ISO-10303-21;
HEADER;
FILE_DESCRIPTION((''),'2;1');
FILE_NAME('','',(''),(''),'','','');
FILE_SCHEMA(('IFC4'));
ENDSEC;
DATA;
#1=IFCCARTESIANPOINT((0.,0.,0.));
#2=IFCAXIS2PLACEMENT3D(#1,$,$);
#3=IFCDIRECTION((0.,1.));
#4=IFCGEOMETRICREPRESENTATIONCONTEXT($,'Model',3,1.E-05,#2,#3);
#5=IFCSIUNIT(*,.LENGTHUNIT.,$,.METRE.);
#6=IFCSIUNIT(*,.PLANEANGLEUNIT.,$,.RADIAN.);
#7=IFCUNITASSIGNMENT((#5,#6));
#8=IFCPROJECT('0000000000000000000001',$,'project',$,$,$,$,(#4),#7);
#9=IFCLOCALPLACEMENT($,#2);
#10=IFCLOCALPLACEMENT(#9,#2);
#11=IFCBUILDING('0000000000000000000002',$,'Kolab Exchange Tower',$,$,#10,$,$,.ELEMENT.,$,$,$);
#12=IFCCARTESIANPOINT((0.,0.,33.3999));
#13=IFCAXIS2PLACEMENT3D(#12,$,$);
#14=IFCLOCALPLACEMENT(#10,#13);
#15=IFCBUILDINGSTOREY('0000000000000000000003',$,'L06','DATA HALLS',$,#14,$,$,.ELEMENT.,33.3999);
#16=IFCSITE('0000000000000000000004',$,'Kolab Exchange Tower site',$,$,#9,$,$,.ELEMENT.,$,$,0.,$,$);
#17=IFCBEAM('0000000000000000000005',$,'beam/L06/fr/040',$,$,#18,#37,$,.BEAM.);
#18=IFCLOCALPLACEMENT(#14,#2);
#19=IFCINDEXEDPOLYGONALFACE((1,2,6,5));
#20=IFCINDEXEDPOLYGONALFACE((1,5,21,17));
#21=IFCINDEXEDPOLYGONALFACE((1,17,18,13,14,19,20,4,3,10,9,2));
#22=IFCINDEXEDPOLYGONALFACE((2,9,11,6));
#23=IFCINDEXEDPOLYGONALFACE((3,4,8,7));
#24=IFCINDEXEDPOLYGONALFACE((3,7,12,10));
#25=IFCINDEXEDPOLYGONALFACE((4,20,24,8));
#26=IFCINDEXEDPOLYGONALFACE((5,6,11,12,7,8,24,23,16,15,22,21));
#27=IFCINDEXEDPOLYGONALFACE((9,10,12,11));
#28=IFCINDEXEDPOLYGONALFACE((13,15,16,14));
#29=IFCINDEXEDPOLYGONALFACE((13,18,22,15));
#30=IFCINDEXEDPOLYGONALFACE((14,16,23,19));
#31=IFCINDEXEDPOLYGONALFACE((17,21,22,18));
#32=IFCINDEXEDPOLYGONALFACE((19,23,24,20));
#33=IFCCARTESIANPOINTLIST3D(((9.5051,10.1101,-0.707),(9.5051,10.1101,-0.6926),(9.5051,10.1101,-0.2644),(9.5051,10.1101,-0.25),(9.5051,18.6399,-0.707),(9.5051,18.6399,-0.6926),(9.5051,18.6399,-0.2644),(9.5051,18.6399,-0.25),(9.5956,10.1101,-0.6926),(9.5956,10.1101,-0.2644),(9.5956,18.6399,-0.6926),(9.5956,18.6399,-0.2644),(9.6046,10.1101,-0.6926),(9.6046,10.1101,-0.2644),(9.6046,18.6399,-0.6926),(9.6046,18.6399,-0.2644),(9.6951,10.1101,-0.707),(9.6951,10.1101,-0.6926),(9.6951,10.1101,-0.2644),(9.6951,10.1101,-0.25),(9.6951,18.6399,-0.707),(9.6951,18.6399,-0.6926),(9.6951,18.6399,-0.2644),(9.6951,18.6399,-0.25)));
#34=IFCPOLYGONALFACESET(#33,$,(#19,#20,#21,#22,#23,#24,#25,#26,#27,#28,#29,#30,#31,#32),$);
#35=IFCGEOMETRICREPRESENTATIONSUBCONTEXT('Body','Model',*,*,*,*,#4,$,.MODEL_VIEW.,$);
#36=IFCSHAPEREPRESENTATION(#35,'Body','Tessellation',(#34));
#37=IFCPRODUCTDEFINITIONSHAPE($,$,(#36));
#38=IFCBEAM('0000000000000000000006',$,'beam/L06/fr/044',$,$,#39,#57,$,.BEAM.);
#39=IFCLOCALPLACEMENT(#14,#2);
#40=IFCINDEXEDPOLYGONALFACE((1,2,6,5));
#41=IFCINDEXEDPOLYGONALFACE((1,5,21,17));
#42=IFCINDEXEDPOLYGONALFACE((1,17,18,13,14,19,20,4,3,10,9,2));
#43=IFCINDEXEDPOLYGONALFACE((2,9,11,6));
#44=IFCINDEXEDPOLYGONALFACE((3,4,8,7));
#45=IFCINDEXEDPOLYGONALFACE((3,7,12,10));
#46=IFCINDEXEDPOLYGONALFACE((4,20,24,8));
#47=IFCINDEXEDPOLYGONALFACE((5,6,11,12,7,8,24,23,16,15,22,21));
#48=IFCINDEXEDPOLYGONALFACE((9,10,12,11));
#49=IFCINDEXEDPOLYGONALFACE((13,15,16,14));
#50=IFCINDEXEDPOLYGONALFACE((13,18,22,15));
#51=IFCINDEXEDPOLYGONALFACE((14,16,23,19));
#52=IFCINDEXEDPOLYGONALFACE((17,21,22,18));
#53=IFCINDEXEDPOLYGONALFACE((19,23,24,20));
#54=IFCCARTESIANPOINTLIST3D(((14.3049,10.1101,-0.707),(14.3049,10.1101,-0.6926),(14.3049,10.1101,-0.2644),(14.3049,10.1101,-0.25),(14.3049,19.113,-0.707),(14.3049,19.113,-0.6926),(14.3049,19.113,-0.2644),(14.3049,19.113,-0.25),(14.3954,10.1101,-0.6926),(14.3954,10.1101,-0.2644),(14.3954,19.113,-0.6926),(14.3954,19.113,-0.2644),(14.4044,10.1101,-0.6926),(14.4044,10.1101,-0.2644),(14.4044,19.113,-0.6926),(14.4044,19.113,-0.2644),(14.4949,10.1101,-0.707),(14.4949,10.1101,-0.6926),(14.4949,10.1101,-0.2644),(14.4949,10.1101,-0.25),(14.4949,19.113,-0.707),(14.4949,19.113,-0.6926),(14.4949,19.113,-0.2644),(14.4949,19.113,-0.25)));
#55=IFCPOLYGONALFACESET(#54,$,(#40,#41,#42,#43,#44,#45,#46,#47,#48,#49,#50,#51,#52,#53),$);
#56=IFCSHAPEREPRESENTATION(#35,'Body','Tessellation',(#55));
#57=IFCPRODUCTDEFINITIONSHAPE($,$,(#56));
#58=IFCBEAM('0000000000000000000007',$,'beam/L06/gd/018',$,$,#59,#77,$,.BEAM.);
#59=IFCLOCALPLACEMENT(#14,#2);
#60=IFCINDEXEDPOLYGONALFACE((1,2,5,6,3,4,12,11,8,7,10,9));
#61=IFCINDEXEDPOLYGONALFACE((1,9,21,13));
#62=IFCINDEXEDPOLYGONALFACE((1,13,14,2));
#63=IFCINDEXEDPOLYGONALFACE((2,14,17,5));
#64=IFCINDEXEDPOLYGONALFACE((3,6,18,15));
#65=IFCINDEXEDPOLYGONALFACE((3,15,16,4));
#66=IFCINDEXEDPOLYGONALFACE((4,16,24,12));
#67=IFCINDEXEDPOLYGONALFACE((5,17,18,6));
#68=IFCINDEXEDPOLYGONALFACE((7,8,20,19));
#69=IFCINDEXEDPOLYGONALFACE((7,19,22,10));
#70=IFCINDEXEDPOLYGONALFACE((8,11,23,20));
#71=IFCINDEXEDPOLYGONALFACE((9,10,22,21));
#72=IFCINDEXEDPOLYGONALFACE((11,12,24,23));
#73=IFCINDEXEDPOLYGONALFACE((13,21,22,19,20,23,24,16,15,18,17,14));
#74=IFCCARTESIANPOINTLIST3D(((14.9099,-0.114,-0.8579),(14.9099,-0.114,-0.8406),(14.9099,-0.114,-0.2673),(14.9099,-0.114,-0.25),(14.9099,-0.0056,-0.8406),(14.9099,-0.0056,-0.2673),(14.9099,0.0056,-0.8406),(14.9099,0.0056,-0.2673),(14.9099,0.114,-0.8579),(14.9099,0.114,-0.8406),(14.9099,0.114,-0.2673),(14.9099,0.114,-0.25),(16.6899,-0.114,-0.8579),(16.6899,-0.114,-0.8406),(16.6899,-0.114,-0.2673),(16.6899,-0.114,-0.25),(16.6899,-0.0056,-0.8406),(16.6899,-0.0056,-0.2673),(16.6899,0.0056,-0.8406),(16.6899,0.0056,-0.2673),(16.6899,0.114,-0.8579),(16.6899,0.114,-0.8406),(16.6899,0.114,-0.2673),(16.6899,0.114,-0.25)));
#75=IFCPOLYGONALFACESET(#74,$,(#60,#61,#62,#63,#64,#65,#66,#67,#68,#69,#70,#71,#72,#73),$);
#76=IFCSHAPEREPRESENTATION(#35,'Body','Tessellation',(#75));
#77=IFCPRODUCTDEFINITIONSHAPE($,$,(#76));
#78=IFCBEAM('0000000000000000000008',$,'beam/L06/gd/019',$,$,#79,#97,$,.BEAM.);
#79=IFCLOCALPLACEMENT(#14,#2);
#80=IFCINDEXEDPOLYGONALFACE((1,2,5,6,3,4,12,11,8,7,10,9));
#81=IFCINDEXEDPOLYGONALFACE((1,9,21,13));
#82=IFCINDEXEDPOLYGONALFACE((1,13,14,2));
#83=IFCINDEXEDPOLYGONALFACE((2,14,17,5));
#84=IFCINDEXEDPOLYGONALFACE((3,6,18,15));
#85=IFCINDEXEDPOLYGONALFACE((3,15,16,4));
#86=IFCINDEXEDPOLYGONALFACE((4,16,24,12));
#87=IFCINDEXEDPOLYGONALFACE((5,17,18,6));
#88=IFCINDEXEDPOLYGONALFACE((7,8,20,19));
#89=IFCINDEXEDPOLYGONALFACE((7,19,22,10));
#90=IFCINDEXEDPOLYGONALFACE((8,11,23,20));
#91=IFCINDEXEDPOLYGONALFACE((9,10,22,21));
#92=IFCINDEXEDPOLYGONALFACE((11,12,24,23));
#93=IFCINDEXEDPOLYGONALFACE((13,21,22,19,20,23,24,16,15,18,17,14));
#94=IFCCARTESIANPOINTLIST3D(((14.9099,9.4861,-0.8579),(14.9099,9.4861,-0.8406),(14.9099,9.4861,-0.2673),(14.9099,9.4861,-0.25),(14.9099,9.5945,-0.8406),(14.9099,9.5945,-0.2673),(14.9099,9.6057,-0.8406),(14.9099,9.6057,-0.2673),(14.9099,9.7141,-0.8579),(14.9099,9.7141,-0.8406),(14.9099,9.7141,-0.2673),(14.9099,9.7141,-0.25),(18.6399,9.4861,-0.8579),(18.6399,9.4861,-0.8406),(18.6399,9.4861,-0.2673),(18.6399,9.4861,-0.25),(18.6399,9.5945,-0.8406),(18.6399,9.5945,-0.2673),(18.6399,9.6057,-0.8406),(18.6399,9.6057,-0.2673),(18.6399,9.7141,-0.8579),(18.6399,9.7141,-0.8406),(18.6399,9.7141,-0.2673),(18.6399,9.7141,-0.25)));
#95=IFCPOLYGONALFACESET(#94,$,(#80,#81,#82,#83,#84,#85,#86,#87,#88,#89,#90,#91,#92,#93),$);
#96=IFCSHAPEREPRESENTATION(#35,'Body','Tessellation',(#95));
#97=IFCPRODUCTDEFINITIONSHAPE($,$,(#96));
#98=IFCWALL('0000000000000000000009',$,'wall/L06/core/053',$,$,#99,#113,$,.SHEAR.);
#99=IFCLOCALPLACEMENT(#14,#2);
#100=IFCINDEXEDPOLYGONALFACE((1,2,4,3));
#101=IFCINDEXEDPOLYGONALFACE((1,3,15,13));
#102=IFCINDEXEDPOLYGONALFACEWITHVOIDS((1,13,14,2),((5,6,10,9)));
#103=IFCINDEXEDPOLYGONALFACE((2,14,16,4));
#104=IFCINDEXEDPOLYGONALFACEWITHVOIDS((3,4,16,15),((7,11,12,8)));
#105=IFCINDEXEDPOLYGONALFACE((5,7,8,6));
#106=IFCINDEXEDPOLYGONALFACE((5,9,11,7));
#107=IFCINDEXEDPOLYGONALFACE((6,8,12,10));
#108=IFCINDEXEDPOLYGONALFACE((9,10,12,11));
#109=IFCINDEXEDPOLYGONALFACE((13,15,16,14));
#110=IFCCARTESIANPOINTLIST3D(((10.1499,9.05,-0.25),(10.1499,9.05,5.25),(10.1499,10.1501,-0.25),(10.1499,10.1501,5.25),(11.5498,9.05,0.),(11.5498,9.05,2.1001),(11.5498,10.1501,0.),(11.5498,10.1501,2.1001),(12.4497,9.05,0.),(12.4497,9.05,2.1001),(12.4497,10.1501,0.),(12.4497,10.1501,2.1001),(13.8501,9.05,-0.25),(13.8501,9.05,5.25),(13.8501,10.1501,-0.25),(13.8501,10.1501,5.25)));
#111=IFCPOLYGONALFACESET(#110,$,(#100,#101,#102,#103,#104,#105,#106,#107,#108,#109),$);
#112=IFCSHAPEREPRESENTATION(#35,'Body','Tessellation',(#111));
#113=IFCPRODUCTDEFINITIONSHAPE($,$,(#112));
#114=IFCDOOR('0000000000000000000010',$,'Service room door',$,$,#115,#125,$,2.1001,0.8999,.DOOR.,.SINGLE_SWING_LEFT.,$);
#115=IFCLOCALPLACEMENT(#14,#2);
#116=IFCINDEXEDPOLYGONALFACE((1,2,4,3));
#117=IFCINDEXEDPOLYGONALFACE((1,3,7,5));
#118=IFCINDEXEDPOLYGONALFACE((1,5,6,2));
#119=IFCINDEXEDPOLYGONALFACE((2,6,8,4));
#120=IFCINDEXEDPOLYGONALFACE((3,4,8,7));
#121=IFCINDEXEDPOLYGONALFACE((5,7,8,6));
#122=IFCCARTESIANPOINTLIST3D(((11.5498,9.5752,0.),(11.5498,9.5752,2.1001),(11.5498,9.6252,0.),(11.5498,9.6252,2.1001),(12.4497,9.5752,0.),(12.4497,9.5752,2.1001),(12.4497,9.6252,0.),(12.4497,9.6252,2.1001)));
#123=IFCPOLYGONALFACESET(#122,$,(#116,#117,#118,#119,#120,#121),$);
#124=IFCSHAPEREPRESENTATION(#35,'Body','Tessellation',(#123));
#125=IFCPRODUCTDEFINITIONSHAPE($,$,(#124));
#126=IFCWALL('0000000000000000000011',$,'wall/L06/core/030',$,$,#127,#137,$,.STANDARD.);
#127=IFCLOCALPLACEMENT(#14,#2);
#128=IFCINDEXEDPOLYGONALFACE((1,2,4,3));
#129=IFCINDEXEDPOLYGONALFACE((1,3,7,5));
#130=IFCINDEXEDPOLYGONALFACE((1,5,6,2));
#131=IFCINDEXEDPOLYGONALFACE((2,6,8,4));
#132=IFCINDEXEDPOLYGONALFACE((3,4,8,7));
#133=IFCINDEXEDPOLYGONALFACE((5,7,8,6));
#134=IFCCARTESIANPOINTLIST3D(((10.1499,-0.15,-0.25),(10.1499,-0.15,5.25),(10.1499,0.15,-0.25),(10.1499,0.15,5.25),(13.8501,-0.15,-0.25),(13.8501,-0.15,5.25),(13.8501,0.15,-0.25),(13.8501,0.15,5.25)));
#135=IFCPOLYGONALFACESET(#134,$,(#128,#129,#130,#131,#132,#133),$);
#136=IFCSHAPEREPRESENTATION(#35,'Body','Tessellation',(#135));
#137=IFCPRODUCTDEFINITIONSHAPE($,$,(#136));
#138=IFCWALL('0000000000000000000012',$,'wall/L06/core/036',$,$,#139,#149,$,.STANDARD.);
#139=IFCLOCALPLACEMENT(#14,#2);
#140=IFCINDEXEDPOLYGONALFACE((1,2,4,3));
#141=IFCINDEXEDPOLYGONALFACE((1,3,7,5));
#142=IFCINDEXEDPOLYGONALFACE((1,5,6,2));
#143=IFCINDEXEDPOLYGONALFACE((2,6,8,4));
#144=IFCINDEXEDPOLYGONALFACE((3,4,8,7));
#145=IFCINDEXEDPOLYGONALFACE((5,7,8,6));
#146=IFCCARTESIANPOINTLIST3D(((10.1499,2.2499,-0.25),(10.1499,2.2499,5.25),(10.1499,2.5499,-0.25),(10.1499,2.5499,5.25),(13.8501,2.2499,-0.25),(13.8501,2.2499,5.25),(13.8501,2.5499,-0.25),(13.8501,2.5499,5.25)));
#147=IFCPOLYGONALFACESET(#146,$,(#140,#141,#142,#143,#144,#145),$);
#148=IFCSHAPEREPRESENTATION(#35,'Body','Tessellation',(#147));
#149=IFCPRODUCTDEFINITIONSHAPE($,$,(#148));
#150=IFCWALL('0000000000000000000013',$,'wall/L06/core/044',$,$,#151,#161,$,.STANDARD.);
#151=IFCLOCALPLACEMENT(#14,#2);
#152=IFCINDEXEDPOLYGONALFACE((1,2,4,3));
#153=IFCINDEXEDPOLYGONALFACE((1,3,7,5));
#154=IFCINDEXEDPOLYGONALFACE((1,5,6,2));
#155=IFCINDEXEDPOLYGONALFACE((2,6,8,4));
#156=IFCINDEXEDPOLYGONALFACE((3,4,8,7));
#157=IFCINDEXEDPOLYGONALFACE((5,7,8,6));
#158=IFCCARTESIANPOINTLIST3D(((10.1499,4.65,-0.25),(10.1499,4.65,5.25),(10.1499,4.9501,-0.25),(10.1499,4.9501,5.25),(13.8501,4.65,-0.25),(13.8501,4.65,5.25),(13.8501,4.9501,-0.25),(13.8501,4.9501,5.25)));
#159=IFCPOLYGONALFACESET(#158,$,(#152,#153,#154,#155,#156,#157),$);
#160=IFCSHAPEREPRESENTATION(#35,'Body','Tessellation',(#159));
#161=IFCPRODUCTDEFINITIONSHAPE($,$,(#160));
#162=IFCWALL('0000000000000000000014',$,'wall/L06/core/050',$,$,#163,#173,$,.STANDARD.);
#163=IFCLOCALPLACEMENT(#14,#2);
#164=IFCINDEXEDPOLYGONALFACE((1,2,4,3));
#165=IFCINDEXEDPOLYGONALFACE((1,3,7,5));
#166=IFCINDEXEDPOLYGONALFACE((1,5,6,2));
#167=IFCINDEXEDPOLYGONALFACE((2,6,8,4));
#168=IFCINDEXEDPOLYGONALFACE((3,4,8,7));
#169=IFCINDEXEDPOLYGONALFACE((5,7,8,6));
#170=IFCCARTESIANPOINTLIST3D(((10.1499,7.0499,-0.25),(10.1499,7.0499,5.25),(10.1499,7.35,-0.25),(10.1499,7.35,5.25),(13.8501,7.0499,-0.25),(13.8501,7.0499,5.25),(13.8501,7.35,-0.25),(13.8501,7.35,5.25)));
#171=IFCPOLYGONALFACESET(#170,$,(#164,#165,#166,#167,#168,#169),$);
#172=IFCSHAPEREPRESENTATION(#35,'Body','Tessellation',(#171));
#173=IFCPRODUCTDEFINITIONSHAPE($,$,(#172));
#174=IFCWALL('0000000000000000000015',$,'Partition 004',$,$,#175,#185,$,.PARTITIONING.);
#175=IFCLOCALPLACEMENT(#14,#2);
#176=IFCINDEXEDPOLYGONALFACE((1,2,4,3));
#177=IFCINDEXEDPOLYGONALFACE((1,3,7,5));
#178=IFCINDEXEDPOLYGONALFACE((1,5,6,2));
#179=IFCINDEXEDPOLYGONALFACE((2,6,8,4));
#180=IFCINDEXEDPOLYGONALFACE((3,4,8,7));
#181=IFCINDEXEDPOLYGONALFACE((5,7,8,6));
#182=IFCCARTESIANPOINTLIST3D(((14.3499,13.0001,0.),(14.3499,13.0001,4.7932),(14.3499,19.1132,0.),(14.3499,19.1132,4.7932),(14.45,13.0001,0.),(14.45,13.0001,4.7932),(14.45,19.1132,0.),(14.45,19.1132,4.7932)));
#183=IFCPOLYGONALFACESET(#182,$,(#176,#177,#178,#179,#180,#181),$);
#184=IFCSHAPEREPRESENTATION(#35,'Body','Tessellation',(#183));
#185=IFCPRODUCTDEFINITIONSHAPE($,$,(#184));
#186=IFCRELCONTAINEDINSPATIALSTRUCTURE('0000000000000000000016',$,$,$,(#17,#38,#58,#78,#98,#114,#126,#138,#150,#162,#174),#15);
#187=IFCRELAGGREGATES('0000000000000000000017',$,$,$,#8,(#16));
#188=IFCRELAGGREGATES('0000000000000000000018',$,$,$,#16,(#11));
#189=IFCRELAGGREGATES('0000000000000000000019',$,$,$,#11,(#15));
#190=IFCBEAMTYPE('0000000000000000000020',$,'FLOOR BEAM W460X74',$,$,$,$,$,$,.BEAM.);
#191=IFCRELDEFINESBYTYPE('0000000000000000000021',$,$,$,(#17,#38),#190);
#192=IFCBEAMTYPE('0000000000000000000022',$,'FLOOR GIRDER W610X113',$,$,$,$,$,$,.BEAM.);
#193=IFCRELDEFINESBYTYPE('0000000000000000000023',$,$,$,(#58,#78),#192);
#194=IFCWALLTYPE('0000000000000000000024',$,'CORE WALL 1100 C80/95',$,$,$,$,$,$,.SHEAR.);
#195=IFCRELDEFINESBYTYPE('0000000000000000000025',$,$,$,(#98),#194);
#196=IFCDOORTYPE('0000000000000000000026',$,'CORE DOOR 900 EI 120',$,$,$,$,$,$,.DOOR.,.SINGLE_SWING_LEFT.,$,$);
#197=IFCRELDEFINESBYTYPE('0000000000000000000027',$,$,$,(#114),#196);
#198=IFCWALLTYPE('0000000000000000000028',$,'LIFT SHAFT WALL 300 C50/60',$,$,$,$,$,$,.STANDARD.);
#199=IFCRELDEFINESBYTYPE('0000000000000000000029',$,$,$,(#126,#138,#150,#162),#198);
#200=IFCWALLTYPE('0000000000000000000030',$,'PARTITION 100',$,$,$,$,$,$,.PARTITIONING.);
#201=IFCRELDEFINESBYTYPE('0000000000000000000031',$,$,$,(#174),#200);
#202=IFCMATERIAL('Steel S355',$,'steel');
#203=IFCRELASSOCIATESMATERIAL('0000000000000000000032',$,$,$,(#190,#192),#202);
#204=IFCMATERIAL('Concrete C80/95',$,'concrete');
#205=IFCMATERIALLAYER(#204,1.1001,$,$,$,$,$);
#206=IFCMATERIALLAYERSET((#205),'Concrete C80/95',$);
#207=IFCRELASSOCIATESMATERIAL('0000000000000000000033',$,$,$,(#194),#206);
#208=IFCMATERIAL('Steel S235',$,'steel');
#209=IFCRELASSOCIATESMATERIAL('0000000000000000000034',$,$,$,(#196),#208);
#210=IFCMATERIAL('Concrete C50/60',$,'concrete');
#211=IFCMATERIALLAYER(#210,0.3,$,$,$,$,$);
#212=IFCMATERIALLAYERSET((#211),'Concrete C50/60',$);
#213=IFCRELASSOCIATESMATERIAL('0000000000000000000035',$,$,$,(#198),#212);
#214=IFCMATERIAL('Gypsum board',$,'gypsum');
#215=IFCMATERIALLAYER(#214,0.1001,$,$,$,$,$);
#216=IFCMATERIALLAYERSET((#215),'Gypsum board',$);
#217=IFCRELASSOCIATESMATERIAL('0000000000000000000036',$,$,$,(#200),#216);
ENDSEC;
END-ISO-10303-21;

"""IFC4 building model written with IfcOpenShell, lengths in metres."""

from ifc_helpers import new_model, si_unit, direction, frame, frame_2d, origin, origin_2d, place, context, subcontext, project, spatial, rectangle, i_section, extrude, material, layer, layer_set, material_profile, profile_set, type_object, element, fill, save


model = new_model("IFC4")

# Units and contexts
model_context = context("Model", 3, precision=1e-05, world=origin(), true_north=direction((0.0, 1.0)))
body_context = subcontext(model_context, "Body", "Model", "MODEL_VIEW")
ifc_project = project(units=[si_unit("LENGTHUNIT", "METRE"), si_unit("PLANEANGLEUNIT", "RADIAN")], contexts=[model_context])

# Site, building, storey
site_placement = place(None, origin())
site = spatial("IfcSite", under=ifc_project, at=site_placement, Name="Kolab Exchange Tower site", CompositionType="ELEMENT", RefElevation=0.0)
building_placement = place(site_placement, origin())
building = spatial("IfcBuilding", under=site, at=building_placement, Name="Kolab Exchange Tower", CompositionType="ELEMENT")
storey_placement = place(building_placement, frame((0.0, 0.0, 33.3999)))
storey = spatial("IfcBuildingStorey", under=building, at=storey_placement, Name="L06", Description="DATA HALLS", CompositionType="ELEMENT", Elevation=33.3999)

# Beams
ifc_material_1 = material(Name="Steel S355", Category="steel")
ifc_material_profile_1 = material_profile(ifc_material_1, i_section(OverallWidth=0.1899, OverallDepth=0.457, WebThickness=0.009, FlangeThickness=0.0144, at=origin_2d()), Name="W460X74")
ifc_profile_set_1 = profile_set([ifc_material_profile_1], Name="Steel S355")
beam_type_1 = type_object("IfcBeamType", Name="FLOOR BEAM W460X74", PredefinedType="BEAM", material=ifc_profile_set_1)
beam_1_placement = place(storey_placement, frame((9.6001, 10.1101, -0.4785), z_axis=(0.0, 1.0, 0.0), x_axis=(-1.0, 0.0, 0.0)))
element("IfcBeam", 1, at=beam_1_placement, inside=storey, type_object=beam_type_1, Name="beam/L06/fr/040", PredefinedType="BEAM", context=body_context, shape_type="SweptSolid", body=[
    extrude(i_section(OverallWidth=0.1899, OverallDepth=0.457, WebThickness=0.009, FlangeThickness=0.0144, at=origin_2d()), origin(), (0.0, 0.0, 1.0), 8.5298),
])
beam_2_placement = place(storey_placement, frame((14.3999, 10.1101, -0.4785), z_axis=(0.0, 1.0, 0.0), x_axis=(-1.0, 0.0, 0.0)))
element("IfcBeam", 2, at=beam_2_placement, inside=storey, type_object=beam_type_1, Name="beam/L06/fr/044", PredefinedType="BEAM", context=body_context, shape_type="SweptSolid", body=[
    extrude(i_section(OverallWidth=0.1899, OverallDepth=0.457, WebThickness=0.009, FlangeThickness=0.0144, at=origin_2d()), origin(), (0.0, 0.0, 1.0), 9.0029),
])
ifc_material_profile_2 = material_profile(ifc_material_1, i_section(OverallWidth=0.228, OverallDepth=0.6079, WebThickness=0.0112, FlangeThickness=0.0173, at=origin_2d()), Name="W610X113")
ifc_profile_set_2 = profile_set([ifc_material_profile_2], Name="Steel S355")
beam_type_2 = type_object("IfcBeamType", Name="FLOOR GIRDER W610X113", PredefinedType="BEAM", material=ifc_profile_set_2)
beam_3_placement = place(storey_placement, frame((14.9099, 0.0, -0.554), z_axis=(1.0, 0.0, 0.0), x_axis=(0.0, 1.0, 0.0)))
element("IfcBeam", 3, at=beam_3_placement, inside=storey, type_object=beam_type_2, Name="beam/L06/gd/018", PredefinedType="BEAM", context=body_context, shape_type="SweptSolid", body=[
    extrude(i_section(OverallWidth=0.228, OverallDepth=0.6079, WebThickness=0.0112, FlangeThickness=0.0173, at=origin_2d()), origin(), (0.0, 0.0, 1.0), 1.78),
])
beam_4_placement = place(storey_placement, frame((14.9099, 9.6001, -0.554), z_axis=(1.0, 0.0, 0.0), x_axis=(0.0, 1.0, 0.0)))
element("IfcBeam", 4, at=beam_4_placement, inside=storey, type_object=beam_type_2, Name="beam/L06/gd/019", PredefinedType="BEAM", context=body_context, shape_type="SweptSolid", body=[
    extrude(i_section(OverallWidth=0.228, OverallDepth=0.6079, WebThickness=0.0112, FlangeThickness=0.0173, at=origin_2d()), origin(), (0.0, 0.0, 1.0), 3.73),
])

# Wall, opening, door
ifc_material_2 = material(Name="Concrete C80/95", Category="concrete")
ifc_layer_1 = layer(ifc_material_2, 1.1001)
ifc_layer_set_1 = layer_set([ifc_layer_1], Name="Concrete C80/95")
wall_type_1 = type_object("IfcWallType", Name="CORE WALL 1100 C80/95", PredefinedType="SHEAR", material=ifc_layer_set_1)
wall_1_placement = place(storey_placement, frame((10.1499, 9.6001, -0.25), z_axis=(0.0, 0.0, 1.0), x_axis=(1.0, 0.0, 0.0)))
wall_1 = element("IfcWall", 5, at=wall_1_placement, inside=storey, type_object=wall_type_1, Name="wall/L06/core/053", PredefinedType="SHEAR", context=body_context, shape_type="SweptSolid", body=[
    extrude(rectangle(XDim=3.7002, YDim=1.1001, at=frame_2d((1.8501, 0.0))), origin(), (0.0, 0.0, 1.0), 5.5),
])
opening_1_placement = place(wall_1_placement, frame((1.3999, 0.0, 0.25)))
opening_1 = element("IfcOpeningElement", 6, at=opening_1_placement, cuts=wall_1, PredefinedType="OPENING", context=body_context, shape_type="SweptSolid", body=[
    extrude(rectangle(XDim=0.8999, YDim=2.1001, at=frame_2d((0.45, 1.05))), frame((0.0, 0.5601, 0.0), z_axis=(0.0, -1.0, 0.0), x_axis=(1.0, 0.0, 0.0)), (0.0, 0.0, 1.0), 1.1201),
])
ifc_material_3 = material(Name="Steel S235", Category="steel")
door_type_1 = type_object("IfcDoorType", Name="CORE DOOR 900 EI 120", OperationType="SINGLE_SWING_LEFT", PredefinedType="DOOR", material=ifc_material_3)
door_1_placement = place(opening_1_placement, frame((0.8999, 0.0, 0.0), z_axis=(0.0, 0.0, 1.0), x_axis=(-1.0, 0.0, 0.0)))
door_1 = element("IfcDoor", 7, at=door_1_placement, inside=storey, type_object=door_type_1, Name="Service room door", OperationType="SINGLE_SWING_LEFT", OverallHeight=2.1001, OverallWidth=0.8999, PredefinedType="DOOR", context=body_context, shape_type="SweptSolid", body=[
    extrude(rectangle(XDim=0.8999, YDim=2.1001, at=frame_2d((0.45, 1.05))), frame((0.0, 0.0249, 0.0), z_axis=(0.0, -1.0, 0.0), x_axis=(1.0, 0.0, 0.0)), (0.0, 0.0, 1.0), 0.05),
])
fill(opening_1, door_1)

# Walls
ifc_material_4 = material(Name="Concrete C50/60", Category="concrete")
ifc_layer_2 = layer(ifc_material_4, 0.3)
ifc_layer_set_2 = layer_set([ifc_layer_2], Name="Concrete C50/60")
wall_type_2 = type_object("IfcWallType", Name="LIFT SHAFT WALL 300 C50/60", PredefinedType="STANDARD", material=ifc_layer_set_2)
for number, where, z_axis, x_axis, name in (
    (8, (10.1499, 0.0, -0.25), (0.0, 0.0, 1.0), (1.0, 0.0, 0.0), "wall/L06/core/030"),
    (9, (10.1499, 2.3999, -0.25), (0.0, 0.0, 1.0), (1.0, 0.0, 0.0), "wall/L06/core/036"),
    (10, (10.1499, 4.8, -0.25), (0.0, 0.0, 1.0), (1.0, 0.0, 0.0), "wall/L06/core/044"),
    (11, (10.1499, 7.2, -0.25), (0.0, 0.0, 1.0), (1.0, 0.0, 0.0), "wall/L06/core/050"),
):
    element("IfcWall", number, at=place(storey_placement, frame(where, z_axis=z_axis, x_axis=x_axis)), inside=storey, type_object=wall_type_2, Name=name, PredefinedType="STANDARD", context=body_context, shape_type="SweptSolid", body=[
        extrude(rectangle(XDim=3.7002, YDim=0.3, at=frame_2d((1.8501, 0.0))), origin(), (0.0, 0.0, 1.0), 5.5),
    ])
ifc_material_5 = material(Name="Gypsum board", Category="gypsum")
ifc_layer_3 = layer(ifc_material_5, 0.1001)
ifc_layer_set_3 = layer_set([ifc_layer_3], Name="Gypsum board")
wall_type_3 = type_object("IfcWallType", Name="PARTITION 100", PredefinedType="PARTITIONING", material=ifc_layer_set_3)
wall_2_placement = place(storey_placement, frame((14.3999, 13.0, 0.0), z_axis=(0.0, 0.0, 1.0), x_axis=(0.0, 1.0, 0.0)))
element("IfcWall", 12, at=wall_2_placement, inside=storey, type_object=wall_type_3, Name="Partition 004", PredefinedType="PARTITIONING", context=body_context, shape_type="SweptSolid", body=[
    extrude(rectangle(XDim=6.113, YDim=0.1001, at=frame_2d((3.0566, 0.0))), origin(), (0.0, 0.0, 1.0), 4.7932),
])

save(model, "model.ifc")
